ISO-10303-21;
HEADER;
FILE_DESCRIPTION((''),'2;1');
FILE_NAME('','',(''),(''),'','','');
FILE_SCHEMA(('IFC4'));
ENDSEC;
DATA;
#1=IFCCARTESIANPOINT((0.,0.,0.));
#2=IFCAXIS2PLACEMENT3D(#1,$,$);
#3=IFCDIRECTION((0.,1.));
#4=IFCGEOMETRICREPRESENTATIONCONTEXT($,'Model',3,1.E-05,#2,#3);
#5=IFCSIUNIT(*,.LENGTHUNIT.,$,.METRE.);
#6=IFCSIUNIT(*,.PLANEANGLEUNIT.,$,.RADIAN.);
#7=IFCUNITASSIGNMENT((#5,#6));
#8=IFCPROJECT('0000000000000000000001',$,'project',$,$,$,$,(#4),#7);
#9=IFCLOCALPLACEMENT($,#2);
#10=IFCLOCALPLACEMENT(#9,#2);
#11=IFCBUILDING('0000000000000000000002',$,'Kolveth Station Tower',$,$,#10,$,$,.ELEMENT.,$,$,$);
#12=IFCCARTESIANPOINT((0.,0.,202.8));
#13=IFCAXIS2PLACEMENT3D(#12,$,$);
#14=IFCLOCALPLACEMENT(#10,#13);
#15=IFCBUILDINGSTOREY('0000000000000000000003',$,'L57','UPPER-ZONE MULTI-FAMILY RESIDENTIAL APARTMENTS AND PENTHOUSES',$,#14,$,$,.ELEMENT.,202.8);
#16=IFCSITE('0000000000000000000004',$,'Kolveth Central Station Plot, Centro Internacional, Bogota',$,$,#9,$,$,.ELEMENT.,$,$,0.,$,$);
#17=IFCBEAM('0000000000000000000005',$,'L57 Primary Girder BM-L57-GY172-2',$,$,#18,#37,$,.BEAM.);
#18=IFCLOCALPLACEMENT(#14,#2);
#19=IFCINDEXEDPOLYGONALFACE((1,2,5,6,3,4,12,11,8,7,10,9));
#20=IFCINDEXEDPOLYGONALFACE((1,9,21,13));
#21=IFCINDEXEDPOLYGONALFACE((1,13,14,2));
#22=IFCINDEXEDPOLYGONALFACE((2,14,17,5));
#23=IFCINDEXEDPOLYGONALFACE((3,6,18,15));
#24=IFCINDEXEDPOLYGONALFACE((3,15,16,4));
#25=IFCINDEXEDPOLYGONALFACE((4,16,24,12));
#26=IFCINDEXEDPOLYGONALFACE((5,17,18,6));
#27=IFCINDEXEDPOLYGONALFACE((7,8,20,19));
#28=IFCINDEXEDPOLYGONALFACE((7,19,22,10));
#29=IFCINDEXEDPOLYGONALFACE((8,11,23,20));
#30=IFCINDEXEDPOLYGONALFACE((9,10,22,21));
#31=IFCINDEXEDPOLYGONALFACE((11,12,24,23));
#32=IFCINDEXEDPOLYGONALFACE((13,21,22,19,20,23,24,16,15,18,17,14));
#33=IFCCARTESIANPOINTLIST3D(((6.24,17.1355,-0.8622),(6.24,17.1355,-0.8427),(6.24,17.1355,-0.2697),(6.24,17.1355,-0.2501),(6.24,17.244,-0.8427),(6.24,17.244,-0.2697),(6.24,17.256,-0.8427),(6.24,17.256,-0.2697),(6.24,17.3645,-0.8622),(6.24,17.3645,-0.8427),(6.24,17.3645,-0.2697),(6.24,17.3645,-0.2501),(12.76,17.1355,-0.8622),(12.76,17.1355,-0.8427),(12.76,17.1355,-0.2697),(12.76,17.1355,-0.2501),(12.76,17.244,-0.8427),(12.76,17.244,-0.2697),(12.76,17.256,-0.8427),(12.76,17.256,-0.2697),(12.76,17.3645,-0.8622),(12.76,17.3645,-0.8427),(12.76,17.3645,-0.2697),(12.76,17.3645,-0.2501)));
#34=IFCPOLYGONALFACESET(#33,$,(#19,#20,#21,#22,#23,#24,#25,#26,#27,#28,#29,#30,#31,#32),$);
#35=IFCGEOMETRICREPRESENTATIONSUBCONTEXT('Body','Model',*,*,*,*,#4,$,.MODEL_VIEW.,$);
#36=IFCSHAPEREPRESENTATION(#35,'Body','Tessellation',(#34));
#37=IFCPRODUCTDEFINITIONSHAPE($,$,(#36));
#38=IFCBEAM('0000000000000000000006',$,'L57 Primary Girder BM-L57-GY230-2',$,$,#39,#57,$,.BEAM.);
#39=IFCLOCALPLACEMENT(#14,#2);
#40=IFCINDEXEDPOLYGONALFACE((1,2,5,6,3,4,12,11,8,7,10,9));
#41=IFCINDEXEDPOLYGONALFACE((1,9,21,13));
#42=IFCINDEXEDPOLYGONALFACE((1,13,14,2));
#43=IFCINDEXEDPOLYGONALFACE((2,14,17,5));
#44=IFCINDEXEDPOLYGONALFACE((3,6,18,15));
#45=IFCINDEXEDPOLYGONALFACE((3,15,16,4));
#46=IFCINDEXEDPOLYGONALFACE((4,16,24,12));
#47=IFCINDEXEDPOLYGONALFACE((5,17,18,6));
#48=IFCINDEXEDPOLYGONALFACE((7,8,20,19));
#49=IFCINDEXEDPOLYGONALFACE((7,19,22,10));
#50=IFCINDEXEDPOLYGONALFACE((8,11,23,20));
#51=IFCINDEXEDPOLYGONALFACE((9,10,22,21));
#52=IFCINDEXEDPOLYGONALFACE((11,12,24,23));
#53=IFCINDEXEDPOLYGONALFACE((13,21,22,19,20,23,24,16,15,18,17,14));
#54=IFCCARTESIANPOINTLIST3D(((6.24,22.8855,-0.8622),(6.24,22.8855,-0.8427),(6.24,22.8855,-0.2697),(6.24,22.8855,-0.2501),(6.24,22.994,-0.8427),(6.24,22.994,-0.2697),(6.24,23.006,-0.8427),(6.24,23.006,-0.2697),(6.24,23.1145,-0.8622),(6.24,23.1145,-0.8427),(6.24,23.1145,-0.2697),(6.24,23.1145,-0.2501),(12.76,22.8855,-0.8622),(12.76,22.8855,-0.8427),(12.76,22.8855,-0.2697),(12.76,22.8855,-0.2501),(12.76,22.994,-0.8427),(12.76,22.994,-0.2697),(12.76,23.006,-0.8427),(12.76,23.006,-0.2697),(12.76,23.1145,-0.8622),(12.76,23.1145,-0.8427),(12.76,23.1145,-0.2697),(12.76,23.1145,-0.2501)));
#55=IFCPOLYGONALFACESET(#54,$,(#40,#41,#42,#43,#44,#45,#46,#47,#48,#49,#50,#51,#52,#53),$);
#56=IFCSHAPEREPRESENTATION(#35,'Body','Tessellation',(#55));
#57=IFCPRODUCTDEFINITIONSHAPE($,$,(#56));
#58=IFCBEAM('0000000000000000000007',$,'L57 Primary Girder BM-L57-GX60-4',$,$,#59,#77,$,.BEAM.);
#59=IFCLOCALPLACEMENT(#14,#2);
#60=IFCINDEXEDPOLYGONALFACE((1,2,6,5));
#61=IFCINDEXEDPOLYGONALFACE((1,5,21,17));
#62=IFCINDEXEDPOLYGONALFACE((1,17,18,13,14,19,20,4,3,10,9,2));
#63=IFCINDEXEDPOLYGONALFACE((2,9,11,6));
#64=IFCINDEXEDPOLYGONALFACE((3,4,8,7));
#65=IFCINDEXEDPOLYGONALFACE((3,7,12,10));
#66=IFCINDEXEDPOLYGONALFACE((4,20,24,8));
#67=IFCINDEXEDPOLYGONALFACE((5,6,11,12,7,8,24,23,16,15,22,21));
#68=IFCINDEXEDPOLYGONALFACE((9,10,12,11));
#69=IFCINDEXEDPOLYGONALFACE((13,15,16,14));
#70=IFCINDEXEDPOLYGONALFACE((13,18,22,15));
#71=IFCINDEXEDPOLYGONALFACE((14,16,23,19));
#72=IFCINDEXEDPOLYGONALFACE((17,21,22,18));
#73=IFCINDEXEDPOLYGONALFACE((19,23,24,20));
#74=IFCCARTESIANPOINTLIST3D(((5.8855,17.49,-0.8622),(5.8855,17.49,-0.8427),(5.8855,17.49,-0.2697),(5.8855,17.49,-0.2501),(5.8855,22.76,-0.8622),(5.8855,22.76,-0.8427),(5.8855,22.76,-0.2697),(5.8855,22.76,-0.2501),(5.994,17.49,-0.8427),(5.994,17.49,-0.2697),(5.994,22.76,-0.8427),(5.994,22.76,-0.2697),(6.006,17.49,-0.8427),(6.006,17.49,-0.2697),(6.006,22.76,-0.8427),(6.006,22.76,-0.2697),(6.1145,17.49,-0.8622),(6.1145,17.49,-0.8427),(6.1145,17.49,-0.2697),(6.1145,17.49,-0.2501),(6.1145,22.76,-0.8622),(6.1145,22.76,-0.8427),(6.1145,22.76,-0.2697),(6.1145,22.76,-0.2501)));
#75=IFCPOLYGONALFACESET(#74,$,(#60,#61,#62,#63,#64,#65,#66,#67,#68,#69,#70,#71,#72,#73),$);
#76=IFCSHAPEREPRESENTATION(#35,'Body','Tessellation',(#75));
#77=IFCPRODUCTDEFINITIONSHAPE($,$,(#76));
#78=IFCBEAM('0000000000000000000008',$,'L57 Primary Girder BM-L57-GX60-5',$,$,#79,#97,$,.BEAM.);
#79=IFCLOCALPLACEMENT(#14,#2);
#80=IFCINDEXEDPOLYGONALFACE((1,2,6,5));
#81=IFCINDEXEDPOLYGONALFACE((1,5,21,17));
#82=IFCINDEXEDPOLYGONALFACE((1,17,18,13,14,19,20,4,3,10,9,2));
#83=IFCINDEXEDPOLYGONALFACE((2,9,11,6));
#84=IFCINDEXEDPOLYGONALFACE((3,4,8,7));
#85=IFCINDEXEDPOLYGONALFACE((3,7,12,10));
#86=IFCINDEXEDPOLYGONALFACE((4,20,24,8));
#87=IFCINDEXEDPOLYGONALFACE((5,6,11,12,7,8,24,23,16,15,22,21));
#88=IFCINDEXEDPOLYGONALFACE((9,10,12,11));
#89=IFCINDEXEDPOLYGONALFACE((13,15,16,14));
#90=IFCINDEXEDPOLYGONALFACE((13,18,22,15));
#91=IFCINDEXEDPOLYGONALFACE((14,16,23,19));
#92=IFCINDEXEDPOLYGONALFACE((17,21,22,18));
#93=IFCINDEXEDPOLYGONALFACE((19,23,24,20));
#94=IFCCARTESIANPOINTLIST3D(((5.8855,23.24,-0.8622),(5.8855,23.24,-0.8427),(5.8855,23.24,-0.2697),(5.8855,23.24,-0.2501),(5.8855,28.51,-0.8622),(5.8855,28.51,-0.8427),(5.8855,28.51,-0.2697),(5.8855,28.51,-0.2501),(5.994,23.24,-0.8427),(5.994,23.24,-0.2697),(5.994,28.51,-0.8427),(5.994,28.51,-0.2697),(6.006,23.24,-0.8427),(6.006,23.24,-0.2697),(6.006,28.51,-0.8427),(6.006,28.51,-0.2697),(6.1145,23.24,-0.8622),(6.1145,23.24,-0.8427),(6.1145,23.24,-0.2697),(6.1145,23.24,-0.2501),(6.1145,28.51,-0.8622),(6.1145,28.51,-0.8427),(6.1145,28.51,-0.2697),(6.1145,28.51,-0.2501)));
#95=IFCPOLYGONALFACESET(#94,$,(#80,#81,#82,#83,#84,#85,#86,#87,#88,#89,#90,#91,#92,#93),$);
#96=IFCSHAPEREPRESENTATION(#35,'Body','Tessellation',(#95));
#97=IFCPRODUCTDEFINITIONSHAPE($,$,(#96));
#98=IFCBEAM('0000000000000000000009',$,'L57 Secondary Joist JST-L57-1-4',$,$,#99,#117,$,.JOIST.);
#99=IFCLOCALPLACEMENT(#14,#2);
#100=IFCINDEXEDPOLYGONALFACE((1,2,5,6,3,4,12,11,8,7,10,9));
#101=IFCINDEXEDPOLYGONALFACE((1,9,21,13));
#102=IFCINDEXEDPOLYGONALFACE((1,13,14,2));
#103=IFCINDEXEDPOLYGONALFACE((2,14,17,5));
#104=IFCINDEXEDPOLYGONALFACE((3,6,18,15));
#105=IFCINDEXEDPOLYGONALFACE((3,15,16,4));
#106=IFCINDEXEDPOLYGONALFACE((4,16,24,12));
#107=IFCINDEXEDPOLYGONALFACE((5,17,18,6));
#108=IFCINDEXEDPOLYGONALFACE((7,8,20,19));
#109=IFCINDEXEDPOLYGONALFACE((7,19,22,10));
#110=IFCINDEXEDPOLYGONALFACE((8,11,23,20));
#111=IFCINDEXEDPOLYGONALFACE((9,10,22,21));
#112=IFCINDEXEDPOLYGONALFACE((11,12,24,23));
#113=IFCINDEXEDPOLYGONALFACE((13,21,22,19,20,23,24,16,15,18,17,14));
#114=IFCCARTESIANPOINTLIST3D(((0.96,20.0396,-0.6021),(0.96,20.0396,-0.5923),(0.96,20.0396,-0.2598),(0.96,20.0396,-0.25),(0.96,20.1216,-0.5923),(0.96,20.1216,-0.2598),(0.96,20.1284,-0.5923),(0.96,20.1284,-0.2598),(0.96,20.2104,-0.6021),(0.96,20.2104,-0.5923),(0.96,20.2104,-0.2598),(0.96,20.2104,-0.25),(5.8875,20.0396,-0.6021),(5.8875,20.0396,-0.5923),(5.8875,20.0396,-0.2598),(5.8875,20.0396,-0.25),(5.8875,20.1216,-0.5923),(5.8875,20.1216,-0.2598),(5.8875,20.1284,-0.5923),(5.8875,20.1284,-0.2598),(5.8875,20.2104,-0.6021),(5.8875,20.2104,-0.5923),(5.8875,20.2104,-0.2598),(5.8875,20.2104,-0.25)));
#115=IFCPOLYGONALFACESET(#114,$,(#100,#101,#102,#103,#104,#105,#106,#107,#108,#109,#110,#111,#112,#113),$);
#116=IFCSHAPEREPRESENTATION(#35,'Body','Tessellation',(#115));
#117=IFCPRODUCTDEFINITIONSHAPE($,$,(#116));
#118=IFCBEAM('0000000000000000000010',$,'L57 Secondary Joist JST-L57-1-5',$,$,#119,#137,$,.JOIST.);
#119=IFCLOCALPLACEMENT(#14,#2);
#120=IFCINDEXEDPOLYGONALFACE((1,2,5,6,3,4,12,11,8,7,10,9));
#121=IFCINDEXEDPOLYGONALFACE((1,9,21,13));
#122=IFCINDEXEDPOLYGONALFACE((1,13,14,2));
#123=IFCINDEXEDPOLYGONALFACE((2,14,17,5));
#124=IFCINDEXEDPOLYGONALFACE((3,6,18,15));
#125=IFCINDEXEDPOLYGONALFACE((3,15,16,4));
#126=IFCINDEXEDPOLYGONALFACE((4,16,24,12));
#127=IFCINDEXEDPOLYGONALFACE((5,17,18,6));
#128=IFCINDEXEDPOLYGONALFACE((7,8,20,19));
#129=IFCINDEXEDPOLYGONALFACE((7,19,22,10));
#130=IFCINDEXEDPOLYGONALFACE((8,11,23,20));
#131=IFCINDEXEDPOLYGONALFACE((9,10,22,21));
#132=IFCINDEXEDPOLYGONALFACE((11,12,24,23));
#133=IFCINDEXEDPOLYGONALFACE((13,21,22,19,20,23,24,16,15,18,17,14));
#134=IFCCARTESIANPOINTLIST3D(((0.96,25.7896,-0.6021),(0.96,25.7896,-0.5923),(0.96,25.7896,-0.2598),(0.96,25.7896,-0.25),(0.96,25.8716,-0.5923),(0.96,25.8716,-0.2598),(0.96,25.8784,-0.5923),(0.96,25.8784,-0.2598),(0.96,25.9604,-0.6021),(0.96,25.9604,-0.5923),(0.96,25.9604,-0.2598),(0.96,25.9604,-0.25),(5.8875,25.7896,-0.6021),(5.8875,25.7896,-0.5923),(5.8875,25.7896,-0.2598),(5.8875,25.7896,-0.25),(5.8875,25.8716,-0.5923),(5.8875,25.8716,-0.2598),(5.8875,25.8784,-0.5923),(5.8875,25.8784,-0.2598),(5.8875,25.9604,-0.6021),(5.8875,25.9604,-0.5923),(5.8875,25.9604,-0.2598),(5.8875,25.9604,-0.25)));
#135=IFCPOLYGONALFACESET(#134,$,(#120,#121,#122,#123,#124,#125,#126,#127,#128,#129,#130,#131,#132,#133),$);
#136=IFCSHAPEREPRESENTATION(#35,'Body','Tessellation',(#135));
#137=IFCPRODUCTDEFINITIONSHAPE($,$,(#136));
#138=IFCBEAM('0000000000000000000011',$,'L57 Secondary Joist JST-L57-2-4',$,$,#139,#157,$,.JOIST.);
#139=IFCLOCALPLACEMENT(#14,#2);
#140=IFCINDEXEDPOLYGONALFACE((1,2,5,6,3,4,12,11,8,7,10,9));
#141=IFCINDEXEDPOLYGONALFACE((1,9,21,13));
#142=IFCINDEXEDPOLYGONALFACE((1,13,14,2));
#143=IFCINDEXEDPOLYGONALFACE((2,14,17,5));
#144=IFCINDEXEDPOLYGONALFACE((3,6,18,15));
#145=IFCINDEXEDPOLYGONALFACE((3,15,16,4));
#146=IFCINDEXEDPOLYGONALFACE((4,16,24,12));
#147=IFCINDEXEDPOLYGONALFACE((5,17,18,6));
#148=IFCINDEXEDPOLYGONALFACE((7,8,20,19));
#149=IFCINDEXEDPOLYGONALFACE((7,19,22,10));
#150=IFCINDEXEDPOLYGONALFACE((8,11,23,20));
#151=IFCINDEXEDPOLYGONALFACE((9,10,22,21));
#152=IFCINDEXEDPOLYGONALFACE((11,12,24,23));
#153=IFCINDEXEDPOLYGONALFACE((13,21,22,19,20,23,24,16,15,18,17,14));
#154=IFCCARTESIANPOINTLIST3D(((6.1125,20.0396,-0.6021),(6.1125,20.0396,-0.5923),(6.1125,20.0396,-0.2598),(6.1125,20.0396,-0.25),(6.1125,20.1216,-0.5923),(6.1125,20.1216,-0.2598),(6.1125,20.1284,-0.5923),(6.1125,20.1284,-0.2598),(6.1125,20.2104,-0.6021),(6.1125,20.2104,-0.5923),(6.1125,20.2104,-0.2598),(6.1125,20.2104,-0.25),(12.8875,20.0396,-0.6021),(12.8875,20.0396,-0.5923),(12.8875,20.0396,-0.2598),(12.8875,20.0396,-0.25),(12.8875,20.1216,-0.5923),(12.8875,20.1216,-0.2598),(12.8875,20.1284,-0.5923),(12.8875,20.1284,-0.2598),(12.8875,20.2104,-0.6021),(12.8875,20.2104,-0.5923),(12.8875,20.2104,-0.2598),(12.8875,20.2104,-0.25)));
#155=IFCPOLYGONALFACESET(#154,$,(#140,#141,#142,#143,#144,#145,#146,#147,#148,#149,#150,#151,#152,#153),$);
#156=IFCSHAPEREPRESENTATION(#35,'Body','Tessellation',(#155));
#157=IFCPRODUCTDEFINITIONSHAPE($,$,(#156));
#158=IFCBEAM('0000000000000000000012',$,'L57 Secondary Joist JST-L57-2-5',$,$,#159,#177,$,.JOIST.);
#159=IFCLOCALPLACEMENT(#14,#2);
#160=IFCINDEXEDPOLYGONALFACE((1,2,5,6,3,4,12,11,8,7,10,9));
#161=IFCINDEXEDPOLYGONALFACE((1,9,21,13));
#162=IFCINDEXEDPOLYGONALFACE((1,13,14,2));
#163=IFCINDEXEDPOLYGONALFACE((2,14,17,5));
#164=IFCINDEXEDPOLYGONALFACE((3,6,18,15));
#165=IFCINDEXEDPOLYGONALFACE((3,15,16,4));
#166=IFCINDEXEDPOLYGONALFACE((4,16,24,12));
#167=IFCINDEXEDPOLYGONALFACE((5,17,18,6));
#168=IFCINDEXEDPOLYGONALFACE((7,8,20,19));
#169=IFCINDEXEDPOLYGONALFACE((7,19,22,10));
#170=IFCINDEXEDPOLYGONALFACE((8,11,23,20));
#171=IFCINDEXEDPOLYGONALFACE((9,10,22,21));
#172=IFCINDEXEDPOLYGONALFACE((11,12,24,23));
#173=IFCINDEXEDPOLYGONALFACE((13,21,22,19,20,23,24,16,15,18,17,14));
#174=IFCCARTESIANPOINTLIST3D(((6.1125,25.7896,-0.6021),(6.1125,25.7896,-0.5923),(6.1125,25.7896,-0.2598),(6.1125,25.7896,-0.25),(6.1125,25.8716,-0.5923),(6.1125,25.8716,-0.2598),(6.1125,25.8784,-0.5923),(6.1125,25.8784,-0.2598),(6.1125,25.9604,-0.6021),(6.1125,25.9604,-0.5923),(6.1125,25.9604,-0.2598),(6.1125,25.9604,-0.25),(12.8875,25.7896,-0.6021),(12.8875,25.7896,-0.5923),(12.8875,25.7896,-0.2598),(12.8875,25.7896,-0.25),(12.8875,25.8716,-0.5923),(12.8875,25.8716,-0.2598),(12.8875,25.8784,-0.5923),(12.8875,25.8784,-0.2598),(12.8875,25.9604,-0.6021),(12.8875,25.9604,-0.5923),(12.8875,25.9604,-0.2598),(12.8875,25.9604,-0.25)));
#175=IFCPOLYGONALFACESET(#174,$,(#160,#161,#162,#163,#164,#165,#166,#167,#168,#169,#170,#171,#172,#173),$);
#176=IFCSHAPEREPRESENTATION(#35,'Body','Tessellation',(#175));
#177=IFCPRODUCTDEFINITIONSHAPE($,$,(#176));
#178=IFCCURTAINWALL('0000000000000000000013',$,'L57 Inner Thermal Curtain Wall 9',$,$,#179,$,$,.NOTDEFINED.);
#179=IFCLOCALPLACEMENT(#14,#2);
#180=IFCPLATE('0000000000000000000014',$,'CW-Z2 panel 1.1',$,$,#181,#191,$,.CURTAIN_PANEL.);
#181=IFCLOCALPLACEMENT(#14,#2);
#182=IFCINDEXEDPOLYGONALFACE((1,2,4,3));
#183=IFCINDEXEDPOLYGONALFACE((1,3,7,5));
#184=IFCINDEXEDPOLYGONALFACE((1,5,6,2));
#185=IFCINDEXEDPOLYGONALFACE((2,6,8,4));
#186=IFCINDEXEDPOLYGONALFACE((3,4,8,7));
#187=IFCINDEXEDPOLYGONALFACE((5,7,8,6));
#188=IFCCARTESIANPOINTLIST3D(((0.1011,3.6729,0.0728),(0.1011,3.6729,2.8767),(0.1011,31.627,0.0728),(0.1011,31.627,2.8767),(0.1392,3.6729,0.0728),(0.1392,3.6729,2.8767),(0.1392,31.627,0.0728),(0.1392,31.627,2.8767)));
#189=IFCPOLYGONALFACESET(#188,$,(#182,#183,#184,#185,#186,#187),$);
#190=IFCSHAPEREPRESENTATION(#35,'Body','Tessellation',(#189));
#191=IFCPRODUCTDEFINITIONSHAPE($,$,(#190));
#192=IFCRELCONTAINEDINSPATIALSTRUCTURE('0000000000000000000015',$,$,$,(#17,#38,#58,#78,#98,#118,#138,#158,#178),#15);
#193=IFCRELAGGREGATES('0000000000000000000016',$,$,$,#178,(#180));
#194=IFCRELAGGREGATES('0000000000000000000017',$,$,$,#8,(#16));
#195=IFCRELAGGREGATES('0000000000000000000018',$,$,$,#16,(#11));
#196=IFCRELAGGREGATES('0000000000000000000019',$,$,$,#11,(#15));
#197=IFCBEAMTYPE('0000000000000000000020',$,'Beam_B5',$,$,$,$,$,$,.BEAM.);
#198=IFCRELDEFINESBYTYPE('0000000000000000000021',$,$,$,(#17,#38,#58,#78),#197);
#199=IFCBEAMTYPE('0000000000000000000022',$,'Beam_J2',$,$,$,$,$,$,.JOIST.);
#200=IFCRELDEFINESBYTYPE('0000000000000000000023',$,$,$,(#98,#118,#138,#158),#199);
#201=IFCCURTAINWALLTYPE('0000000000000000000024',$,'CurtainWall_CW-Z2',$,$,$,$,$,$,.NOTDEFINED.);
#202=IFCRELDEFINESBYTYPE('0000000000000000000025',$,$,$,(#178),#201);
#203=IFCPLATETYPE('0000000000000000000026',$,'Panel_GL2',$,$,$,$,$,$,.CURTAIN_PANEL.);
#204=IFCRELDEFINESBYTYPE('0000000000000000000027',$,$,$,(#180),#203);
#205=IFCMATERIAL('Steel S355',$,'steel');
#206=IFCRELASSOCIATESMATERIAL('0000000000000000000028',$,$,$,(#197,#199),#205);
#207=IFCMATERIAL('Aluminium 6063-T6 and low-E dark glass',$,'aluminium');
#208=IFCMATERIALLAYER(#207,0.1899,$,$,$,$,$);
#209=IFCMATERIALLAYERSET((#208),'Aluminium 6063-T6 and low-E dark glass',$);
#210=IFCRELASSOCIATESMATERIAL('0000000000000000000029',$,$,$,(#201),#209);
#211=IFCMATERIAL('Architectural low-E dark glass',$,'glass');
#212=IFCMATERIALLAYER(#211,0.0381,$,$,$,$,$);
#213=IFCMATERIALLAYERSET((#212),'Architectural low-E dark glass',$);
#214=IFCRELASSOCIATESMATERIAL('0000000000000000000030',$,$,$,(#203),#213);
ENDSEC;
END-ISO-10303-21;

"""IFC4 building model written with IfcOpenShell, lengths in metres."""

from ifc_helpers import new_model, si_unit, direction, frame, origin, origin_2d, place, context, subcontext, project, spatial, rectangle, i_section, extrude, source, transform, mapped, material, layer, layer_set, material_profile, profile_set, type_object, element, aggregate, save


model = new_model("IFC4")

# Units and contexts
model_context = context("Model", 3, precision=1e-05, world=origin(), true_north=direction((0.0, 1.0)))
body_context = subcontext(model_context, "Body", "Model", "MODEL_VIEW")
ifc_project = project(units=[si_unit("LENGTHUNIT", "METRE"), si_unit("PLANEANGLEUNIT", "RADIAN")], contexts=[model_context])

# Site, building, storey
site_placement = place(None, origin())
site = spatial("IfcSite", under=ifc_project, at=site_placement, Name="Kolveth Central Station Plot, Centro Internacional, Bogota", CompositionType="ELEMENT", RefElevation=0.0)
building_placement = place(site_placement, origin())
building = spatial("IfcBuilding", under=site, at=building_placement, Name="Kolveth Station Tower", CompositionType="ELEMENT")
storey_placement = place(building_placement, frame((0.0, 0.0, 202.8)))
storey = spatial("IfcBuildingStorey", under=building, at=storey_placement, Name="L57", Description="UPPER-ZONE MULTI-FAMILY RESIDENTIAL APARTMENTS AND PENTHOUSES", CompositionType="ELEMENT", Elevation=202.8)

# Shared definitions
ifc_material_1 = material(Name="Steel S355", Category="steel")

# Beams
ifc_material_profile_1 = material_profile(ifc_material_1, i_section(OverallWidth=0.229, OverallDepth=0.6121, WebThickness=0.012, FlangeThickness=0.0195, at=origin_2d()), Name="W610x125")
ifc_profile_set_1 = profile_set([ifc_material_profile_1], Name="Steel S355")
beam_type_1 = type_object("IfcBeamType", Name="Beam_B5", PredefinedType="BEAM", material=ifc_profile_set_1)
shared_shape_1 = source(origin(), body_context, "Body", "SweptSolid", [
    extrude(i_section(OverallWidth=0.229, OverallDepth=0.6121, WebThickness=0.012, FlangeThickness=0.0195, at=origin_2d()), origin(), (0.0, 0.0, 1.0), 6.52),
])
for number, where, z_axis, x_axis, name in (
    (1, (6.24, 17.25, -0.5562), (1.0, 0.0, 0.0), (0.0, 1.0, 0.0), "L57 Primary Girder BM-L57-GY172-2"),
    (2, (6.24, 23.0, -0.5562), (1.0, 0.0, 0.0), (0.0, 1.0, 0.0), "L57 Primary Girder BM-L57-GY230-2"),
):
    element("IfcBeam", number, at=place(storey_placement, frame(where, z_axis=z_axis, x_axis=x_axis)), inside=storey, type_object=beam_type_1, Name=name, PredefinedType="BEAM", context=body_context, shape_type="MappedRepresentation", body=[
        mapped(shared_shape_1, transform((0.0, 0.0, 0.0), x_axis=(1.0, 0.0, 0.0), y_axis=(0.0, 1.0, 0.0), z_axis=(0.0, 0.0, 1.0), scale=1.0)),
    ])
shared_shape_2 = source(origin(), body_context, "Body", "SweptSolid", [
    extrude(i_section(OverallWidth=0.229, OverallDepth=0.6121, WebThickness=0.012, FlangeThickness=0.0195, at=origin_2d()), origin(), (0.0, 0.0, 1.0), 5.27),
])
for number, where, z_axis, x_axis, name in (
    (3, (6.0, 17.49, -0.5562), (0.0, 1.0, 0.0), (-1.0, 0.0, 0.0), "L57 Primary Girder BM-L57-GX60-4"),
    (4, (6.0, 23.24, -0.5562), (0.0, 1.0, 0.0), (-1.0, 0.0, 0.0), "L57 Primary Girder BM-L57-GX60-5"),
):
    element("IfcBeam", number, at=place(storey_placement, frame(where, z_axis=z_axis, x_axis=x_axis)), inside=storey, type_object=beam_type_1, Name=name, PredefinedType="BEAM", context=body_context, shape_type="MappedRepresentation", body=[
        mapped(shared_shape_2, transform((0.0, 0.0, 0.0), x_axis=(1.0, 0.0, 0.0), y_axis=(0.0, 1.0, 0.0), z_axis=(0.0, 0.0, 1.0), scale=1.0)),
    ])
ifc_material_profile_2 = material_profile(ifc_material_1, i_section(OverallWidth=0.1709, OverallDepth=0.3521, WebThickness=0.0068, FlangeThickness=0.0098, at=origin_2d()), Name="W360x44")
ifc_profile_set_2 = profile_set([ifc_material_profile_2], Name="Steel S355")
beam_type_2 = type_object("IfcBeamType", Name="Beam_J2", PredefinedType="JOIST", material=ifc_profile_set_2)
shared_shape_3 = source(origin(), body_context, "Body", "SweptSolid", [
    extrude(i_section(OverallWidth=0.1709, OverallDepth=0.3521, WebThickness=0.0068, FlangeThickness=0.0098, at=origin_2d()), origin(), (0.0, 0.0, 1.0), 4.9275),
])
for number, where, z_axis, x_axis, name in (
    (5, (0.96, 20.125, -0.426), (1.0, 0.0, 0.0), (0.0, 1.0, 0.0), "L57 Secondary Joist JST-L57-1-4"),
    (6, (0.96, 25.875, -0.426), (1.0, 0.0, 0.0), (0.0, 1.0, 0.0), "L57 Secondary Joist JST-L57-1-5"),
):
    element("IfcBeam", number, at=place(storey_placement, frame(where, z_axis=z_axis, x_axis=x_axis)), inside=storey, type_object=beam_type_2, Name=name, PredefinedType="JOIST", context=body_context, shape_type="MappedRepresentation", body=[
        mapped(shared_shape_3, transform((0.0, 0.0, 0.0), x_axis=(1.0, 0.0, 0.0), y_axis=(0.0, 1.0, 0.0), z_axis=(0.0, 0.0, 1.0), scale=1.0)),
    ])
shared_shape_4 = source(origin(), body_context, "Body", "SweptSolid", [
    extrude(i_section(OverallWidth=0.1709, OverallDepth=0.3521, WebThickness=0.0068, FlangeThickness=0.0098, at=origin_2d()), origin(), (0.0, 0.0, 1.0), 6.7749),
])
for number, where, z_axis, x_axis, name in (
    (7, (6.1125, 20.125, -0.426), (1.0, 0.0, 0.0), (0.0, 1.0, 0.0), "L57 Secondary Joist JST-L57-2-4"),
    (8, (6.1125, 25.875, -0.426), (1.0, 0.0, 0.0), (0.0, 1.0, 0.0), "L57 Secondary Joist JST-L57-2-5"),
):
    element("IfcBeam", number, at=place(storey_placement, frame(where, z_axis=z_axis, x_axis=x_axis)), inside=storey, type_object=beam_type_2, Name=name, PredefinedType="JOIST", context=body_context, shape_type="MappedRepresentation", body=[
        mapped(shared_shape_4, transform((0.0, 0.0, 0.0), x_axis=(1.0, 0.0, 0.0), y_axis=(0.0, 1.0, 0.0), z_axis=(0.0, 0.0, 1.0), scale=1.0)),
    ])

# Curtain wall, plate
ifc_material_2 = material(Name="Aluminium 6063-T6 and low-E dark glass", Category="aluminium")
ifc_layer_1 = layer(ifc_material_2, 0.1899)
ifc_layer_set_1 = layer_set([ifc_layer_1], Name="Aluminium 6063-T6 and low-E dark glass")
curtain_wall_type_1 = type_object("IfcCurtainWallType", Name="CurtainWall_CW-Z2", PredefinedType="NOTDEFINED", material=ifc_layer_set_1)
curtain_wall_1_placement = place(storey_placement, origin())
curtain_wall_1 = element("IfcCurtainWall", 9, at=curtain_wall_1_placement, inside=storey, type_object=curtain_wall_type_1, Name="L57 Inner Thermal Curtain Wall 9", PredefinedType="NOTDEFINED")
ifc_material_3 = material(Name="Architectural low-E dark glass", Category="glass")
ifc_layer_2 = layer(ifc_material_3, 0.0381)
ifc_layer_set_2 = layer_set([ifc_layer_2], Name="Architectural low-E dark glass")
plate_type_1 = type_object("IfcPlateType", Name="Panel_GL2", PredefinedType="CURTAIN_PANEL", material=ifc_layer_set_2)
shared_shape_5 = source(origin(), body_context, "Body", "SweptSolid", [
    extrude(rectangle(XDim=27.9541, YDim=0.0381, at=origin_2d()), origin(), (0.0, 0.0, 1.0), 2.804),
])
plate_1_placement = place(storey_placement, frame((0.1201, 17.6499, 0.0728), z_axis=(0.0, 0.0, 1.0), x_axis=(0.0, -1.0, 0.0)))
plate_1 = element("IfcPlate", 10, at=plate_1_placement, type_object=plate_type_1, Name="CW-Z2 panel 1.1", PredefinedType="CURTAIN_PANEL", context=body_context, shape_type="MappedRepresentation", body=[
    mapped(shared_shape_5, transform((0.0, 0.0, 0.0), x_axis=(1.0, 0.0, 0.0), y_axis=(0.0, 1.0, 0.0), z_axis=(0.0, 0.0, 1.0), scale=1.0)),
])
aggregate(curtain_wall_1, [plate_1])

save(model, "model.ifc")
